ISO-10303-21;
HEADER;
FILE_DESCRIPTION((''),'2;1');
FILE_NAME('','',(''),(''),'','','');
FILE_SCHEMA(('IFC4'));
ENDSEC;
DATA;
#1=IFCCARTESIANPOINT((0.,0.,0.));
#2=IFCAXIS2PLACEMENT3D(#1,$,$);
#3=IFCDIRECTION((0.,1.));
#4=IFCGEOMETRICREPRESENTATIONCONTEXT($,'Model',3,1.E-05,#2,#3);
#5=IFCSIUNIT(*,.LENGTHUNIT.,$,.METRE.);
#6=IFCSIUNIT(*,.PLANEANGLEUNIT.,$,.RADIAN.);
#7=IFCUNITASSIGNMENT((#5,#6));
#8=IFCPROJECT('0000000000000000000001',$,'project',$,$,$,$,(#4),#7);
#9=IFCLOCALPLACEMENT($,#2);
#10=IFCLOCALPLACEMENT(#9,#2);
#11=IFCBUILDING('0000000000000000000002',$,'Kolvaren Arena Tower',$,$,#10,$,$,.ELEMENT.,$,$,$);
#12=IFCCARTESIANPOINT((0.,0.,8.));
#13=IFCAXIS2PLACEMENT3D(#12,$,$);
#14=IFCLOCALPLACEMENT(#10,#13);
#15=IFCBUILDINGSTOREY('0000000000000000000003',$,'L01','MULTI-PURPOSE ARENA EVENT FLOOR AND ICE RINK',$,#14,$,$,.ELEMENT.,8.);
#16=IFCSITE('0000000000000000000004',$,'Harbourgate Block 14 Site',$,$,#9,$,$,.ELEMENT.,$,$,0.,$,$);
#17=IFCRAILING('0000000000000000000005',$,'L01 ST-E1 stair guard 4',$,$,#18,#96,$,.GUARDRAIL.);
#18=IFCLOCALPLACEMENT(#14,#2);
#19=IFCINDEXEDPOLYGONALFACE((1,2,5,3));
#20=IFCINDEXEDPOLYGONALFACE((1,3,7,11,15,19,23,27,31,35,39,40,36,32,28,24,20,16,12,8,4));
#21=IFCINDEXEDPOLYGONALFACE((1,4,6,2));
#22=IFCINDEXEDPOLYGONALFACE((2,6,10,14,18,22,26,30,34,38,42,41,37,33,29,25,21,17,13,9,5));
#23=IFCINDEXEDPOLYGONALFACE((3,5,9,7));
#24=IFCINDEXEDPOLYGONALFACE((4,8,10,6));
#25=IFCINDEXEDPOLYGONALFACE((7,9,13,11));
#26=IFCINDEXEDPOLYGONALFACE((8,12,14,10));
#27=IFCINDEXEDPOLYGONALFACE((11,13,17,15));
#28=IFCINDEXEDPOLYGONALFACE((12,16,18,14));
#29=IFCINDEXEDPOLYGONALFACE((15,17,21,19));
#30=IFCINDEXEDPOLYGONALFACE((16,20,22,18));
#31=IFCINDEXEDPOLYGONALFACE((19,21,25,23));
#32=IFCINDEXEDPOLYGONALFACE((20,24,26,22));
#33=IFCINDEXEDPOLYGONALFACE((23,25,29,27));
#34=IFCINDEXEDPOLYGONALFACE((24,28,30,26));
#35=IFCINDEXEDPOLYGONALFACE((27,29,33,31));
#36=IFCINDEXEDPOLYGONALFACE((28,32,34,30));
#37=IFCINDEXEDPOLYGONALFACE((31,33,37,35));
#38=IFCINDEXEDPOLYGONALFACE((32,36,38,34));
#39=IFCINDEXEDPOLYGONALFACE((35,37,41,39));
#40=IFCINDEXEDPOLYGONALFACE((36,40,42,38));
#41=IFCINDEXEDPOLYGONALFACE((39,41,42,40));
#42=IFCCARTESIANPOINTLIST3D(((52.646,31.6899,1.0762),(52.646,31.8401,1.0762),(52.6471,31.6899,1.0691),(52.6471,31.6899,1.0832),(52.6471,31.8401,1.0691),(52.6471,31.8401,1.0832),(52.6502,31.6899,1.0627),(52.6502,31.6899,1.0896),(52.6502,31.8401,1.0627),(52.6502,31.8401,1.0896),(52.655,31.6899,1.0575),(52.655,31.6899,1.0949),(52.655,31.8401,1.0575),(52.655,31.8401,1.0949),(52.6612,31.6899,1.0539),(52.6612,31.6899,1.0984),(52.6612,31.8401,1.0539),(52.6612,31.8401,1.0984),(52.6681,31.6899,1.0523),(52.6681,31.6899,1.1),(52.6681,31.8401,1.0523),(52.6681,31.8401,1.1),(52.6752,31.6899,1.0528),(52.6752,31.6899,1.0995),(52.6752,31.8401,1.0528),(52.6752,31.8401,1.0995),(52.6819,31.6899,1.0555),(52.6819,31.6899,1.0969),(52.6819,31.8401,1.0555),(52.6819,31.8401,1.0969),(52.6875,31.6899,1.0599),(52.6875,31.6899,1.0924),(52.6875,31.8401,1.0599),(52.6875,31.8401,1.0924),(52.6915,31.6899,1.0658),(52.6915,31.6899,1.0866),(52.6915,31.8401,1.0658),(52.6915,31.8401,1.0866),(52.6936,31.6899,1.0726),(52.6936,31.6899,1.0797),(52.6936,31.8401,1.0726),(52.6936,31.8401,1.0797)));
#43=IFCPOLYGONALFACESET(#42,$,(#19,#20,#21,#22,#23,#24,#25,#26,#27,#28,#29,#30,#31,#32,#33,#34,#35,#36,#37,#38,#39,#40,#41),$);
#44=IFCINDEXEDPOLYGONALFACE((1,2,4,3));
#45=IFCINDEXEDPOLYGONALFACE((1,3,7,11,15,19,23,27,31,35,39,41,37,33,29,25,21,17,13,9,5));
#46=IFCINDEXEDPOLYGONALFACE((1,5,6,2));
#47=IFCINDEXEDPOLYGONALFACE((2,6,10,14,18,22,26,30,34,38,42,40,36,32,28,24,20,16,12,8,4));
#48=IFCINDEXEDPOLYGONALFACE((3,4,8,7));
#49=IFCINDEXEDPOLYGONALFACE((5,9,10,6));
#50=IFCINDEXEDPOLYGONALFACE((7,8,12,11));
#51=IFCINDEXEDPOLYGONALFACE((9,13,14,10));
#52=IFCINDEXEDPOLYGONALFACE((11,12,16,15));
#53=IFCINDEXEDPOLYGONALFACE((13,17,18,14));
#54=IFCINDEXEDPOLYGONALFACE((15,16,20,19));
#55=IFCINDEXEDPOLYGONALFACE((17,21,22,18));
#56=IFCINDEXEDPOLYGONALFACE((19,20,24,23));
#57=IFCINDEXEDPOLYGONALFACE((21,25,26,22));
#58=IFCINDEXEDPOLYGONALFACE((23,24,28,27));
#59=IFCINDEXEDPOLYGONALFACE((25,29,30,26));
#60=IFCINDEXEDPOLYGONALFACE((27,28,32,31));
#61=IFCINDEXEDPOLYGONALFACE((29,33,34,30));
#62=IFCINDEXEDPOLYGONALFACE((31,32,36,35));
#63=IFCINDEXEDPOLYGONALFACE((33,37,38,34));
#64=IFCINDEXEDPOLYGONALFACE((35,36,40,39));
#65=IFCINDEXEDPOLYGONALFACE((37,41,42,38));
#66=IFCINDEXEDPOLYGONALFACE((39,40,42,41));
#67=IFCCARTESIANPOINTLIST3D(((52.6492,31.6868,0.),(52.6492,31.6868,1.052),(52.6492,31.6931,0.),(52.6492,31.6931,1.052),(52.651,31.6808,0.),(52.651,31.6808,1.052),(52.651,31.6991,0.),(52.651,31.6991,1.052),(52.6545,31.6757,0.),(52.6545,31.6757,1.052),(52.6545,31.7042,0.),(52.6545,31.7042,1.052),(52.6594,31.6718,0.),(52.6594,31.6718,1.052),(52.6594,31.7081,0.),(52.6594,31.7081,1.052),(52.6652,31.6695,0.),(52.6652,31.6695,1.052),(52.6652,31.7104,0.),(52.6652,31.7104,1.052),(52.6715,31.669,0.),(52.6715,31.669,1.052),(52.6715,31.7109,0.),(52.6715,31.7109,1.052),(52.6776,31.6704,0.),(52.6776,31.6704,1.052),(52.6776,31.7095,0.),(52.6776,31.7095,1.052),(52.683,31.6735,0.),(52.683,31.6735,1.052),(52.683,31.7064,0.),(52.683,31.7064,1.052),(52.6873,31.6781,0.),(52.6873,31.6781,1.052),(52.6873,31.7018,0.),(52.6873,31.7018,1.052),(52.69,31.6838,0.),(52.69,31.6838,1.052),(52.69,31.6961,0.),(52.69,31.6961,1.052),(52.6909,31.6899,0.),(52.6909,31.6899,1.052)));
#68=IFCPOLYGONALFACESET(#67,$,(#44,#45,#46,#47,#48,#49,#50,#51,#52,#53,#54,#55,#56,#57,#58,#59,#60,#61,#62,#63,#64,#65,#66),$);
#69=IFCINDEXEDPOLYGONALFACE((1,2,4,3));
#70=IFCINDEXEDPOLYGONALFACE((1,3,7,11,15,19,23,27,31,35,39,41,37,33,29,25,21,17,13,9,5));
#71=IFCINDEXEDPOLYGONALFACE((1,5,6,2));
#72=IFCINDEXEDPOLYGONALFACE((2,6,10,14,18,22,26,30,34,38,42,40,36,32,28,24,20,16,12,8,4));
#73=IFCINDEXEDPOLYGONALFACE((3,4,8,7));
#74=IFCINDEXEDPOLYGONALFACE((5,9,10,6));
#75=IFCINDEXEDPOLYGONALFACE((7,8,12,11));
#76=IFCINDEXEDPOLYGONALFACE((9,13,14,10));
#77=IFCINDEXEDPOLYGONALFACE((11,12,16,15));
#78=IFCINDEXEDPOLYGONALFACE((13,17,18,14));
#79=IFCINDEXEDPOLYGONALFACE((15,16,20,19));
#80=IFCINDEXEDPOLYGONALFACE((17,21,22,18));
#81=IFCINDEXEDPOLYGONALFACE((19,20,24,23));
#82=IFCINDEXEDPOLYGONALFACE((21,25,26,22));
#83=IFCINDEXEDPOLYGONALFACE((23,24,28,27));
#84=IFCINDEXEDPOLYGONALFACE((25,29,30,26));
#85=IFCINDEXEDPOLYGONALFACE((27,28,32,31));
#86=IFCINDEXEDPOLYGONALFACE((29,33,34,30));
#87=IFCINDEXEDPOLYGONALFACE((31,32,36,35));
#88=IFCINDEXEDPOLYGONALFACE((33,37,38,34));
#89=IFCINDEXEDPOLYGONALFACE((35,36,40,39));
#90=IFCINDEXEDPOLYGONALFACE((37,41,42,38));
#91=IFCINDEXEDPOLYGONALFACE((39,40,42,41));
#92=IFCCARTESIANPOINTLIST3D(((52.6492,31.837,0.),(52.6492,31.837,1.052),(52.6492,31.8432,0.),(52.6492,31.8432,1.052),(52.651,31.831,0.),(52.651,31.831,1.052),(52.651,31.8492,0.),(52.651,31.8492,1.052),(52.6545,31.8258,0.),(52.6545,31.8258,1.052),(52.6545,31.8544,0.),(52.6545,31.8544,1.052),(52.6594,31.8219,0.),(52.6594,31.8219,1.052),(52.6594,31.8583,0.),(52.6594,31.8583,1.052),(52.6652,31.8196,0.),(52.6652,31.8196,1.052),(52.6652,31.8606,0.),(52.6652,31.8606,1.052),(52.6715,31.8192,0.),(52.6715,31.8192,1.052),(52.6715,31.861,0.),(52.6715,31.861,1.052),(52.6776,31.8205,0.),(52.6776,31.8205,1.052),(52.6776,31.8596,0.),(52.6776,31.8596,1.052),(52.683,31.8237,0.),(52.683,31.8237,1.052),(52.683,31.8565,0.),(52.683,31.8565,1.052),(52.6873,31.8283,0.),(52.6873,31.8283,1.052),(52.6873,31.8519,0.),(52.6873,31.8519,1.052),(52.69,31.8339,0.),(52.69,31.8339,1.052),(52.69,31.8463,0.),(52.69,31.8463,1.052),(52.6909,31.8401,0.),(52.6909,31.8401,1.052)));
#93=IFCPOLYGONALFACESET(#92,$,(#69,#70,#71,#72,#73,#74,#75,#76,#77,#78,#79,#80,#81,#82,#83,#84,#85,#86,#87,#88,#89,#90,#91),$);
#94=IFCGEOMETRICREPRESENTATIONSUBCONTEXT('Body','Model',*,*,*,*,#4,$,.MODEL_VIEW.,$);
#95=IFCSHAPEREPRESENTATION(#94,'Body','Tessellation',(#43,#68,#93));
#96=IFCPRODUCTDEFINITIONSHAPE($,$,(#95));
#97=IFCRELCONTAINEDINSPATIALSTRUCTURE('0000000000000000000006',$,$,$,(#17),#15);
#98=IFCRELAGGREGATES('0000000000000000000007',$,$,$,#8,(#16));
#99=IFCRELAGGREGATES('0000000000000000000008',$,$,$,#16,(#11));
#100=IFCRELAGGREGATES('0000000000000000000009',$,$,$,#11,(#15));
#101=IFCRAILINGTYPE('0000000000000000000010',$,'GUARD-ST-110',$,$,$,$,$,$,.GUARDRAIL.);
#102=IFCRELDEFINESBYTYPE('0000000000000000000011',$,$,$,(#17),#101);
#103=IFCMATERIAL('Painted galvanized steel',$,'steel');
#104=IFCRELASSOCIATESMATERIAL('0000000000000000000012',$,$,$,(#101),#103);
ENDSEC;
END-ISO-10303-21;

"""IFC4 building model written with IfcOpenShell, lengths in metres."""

from ifc_helpers import new_model, si_unit, direction, frame, origin, origin_2d, place, context, subcontext, project, spatial, circle, extrude, material, type_object, element, save


model = new_model("IFC4")

# Units and contexts
model_context = context("Model", 3, precision=1e-05, world=origin(), true_north=direction((0.0, 1.0)))
body_context = subcontext(model_context, "Body", "Model", "MODEL_VIEW")
ifc_project = project(units=[si_unit("LENGTHUNIT", "METRE"), si_unit("PLANEANGLEUNIT", "RADIAN")], contexts=[model_context])

# Site, building, storey
site_placement = place(None, origin())
site = spatial("IfcSite", under=ifc_project, at=site_placement, Name="Harbourgate Block 14 Site", CompositionType="ELEMENT", RefElevation=0.0)
building_placement = place(site_placement, origin())
building = spatial("IfcBuilding", under=site, at=building_placement, Name="Kolvaren Arena Tower", CompositionType="ELEMENT")
storey_placement = place(building_placement, frame((0.0, 0.0, 8.0)))
storey = spatial("IfcBuildingStorey", under=building, at=storey_placement, Name="L01", Description="MULTI-PURPOSE ARENA EVENT FLOOR AND ICE RINK", CompositionType="ELEMENT", Elevation=8.0)

# Railing
ifc_material_1 = material(Name="Painted galvanized steel", Category="steel")
railing_type_1 = type_object("IfcRailingType", Name="GUARD-ST-110", PredefinedType="GUARDRAIL", material=ifc_material_1)
railing_1_placement = place(storey_placement, frame((52.6699, 31.6899, 0.0)))
element("IfcRailing", 1, at=railing_1_placement, inside=storey, type_object=railing_type_1, Name="L01 ST-E1 stair guard 4", PredefinedType="GUARDRAIL", context=body_context, shape_type="SweptSolid", body=[
    extrude(circle(Radius=0.0239, at=origin_2d()), frame((0.0, 0.0, 1.0762), z_axis=(0.0, 1.0, 0.0), x_axis=(-1.0, 0.0, 0.0)), (0.0, 0.0, 1.0), 0.1501),
    extrude(circle(Radius=0.021, at=origin_2d()), origin(), (0.0, 0.0, 1.0), 1.052),
    extrude(circle(Radius=0.021, at=origin_2d()), frame((0.0, 0.1501, 0.0)), (0.0, 0.0, 1.0), 1.052),
])

save(model, "model.ifc")
